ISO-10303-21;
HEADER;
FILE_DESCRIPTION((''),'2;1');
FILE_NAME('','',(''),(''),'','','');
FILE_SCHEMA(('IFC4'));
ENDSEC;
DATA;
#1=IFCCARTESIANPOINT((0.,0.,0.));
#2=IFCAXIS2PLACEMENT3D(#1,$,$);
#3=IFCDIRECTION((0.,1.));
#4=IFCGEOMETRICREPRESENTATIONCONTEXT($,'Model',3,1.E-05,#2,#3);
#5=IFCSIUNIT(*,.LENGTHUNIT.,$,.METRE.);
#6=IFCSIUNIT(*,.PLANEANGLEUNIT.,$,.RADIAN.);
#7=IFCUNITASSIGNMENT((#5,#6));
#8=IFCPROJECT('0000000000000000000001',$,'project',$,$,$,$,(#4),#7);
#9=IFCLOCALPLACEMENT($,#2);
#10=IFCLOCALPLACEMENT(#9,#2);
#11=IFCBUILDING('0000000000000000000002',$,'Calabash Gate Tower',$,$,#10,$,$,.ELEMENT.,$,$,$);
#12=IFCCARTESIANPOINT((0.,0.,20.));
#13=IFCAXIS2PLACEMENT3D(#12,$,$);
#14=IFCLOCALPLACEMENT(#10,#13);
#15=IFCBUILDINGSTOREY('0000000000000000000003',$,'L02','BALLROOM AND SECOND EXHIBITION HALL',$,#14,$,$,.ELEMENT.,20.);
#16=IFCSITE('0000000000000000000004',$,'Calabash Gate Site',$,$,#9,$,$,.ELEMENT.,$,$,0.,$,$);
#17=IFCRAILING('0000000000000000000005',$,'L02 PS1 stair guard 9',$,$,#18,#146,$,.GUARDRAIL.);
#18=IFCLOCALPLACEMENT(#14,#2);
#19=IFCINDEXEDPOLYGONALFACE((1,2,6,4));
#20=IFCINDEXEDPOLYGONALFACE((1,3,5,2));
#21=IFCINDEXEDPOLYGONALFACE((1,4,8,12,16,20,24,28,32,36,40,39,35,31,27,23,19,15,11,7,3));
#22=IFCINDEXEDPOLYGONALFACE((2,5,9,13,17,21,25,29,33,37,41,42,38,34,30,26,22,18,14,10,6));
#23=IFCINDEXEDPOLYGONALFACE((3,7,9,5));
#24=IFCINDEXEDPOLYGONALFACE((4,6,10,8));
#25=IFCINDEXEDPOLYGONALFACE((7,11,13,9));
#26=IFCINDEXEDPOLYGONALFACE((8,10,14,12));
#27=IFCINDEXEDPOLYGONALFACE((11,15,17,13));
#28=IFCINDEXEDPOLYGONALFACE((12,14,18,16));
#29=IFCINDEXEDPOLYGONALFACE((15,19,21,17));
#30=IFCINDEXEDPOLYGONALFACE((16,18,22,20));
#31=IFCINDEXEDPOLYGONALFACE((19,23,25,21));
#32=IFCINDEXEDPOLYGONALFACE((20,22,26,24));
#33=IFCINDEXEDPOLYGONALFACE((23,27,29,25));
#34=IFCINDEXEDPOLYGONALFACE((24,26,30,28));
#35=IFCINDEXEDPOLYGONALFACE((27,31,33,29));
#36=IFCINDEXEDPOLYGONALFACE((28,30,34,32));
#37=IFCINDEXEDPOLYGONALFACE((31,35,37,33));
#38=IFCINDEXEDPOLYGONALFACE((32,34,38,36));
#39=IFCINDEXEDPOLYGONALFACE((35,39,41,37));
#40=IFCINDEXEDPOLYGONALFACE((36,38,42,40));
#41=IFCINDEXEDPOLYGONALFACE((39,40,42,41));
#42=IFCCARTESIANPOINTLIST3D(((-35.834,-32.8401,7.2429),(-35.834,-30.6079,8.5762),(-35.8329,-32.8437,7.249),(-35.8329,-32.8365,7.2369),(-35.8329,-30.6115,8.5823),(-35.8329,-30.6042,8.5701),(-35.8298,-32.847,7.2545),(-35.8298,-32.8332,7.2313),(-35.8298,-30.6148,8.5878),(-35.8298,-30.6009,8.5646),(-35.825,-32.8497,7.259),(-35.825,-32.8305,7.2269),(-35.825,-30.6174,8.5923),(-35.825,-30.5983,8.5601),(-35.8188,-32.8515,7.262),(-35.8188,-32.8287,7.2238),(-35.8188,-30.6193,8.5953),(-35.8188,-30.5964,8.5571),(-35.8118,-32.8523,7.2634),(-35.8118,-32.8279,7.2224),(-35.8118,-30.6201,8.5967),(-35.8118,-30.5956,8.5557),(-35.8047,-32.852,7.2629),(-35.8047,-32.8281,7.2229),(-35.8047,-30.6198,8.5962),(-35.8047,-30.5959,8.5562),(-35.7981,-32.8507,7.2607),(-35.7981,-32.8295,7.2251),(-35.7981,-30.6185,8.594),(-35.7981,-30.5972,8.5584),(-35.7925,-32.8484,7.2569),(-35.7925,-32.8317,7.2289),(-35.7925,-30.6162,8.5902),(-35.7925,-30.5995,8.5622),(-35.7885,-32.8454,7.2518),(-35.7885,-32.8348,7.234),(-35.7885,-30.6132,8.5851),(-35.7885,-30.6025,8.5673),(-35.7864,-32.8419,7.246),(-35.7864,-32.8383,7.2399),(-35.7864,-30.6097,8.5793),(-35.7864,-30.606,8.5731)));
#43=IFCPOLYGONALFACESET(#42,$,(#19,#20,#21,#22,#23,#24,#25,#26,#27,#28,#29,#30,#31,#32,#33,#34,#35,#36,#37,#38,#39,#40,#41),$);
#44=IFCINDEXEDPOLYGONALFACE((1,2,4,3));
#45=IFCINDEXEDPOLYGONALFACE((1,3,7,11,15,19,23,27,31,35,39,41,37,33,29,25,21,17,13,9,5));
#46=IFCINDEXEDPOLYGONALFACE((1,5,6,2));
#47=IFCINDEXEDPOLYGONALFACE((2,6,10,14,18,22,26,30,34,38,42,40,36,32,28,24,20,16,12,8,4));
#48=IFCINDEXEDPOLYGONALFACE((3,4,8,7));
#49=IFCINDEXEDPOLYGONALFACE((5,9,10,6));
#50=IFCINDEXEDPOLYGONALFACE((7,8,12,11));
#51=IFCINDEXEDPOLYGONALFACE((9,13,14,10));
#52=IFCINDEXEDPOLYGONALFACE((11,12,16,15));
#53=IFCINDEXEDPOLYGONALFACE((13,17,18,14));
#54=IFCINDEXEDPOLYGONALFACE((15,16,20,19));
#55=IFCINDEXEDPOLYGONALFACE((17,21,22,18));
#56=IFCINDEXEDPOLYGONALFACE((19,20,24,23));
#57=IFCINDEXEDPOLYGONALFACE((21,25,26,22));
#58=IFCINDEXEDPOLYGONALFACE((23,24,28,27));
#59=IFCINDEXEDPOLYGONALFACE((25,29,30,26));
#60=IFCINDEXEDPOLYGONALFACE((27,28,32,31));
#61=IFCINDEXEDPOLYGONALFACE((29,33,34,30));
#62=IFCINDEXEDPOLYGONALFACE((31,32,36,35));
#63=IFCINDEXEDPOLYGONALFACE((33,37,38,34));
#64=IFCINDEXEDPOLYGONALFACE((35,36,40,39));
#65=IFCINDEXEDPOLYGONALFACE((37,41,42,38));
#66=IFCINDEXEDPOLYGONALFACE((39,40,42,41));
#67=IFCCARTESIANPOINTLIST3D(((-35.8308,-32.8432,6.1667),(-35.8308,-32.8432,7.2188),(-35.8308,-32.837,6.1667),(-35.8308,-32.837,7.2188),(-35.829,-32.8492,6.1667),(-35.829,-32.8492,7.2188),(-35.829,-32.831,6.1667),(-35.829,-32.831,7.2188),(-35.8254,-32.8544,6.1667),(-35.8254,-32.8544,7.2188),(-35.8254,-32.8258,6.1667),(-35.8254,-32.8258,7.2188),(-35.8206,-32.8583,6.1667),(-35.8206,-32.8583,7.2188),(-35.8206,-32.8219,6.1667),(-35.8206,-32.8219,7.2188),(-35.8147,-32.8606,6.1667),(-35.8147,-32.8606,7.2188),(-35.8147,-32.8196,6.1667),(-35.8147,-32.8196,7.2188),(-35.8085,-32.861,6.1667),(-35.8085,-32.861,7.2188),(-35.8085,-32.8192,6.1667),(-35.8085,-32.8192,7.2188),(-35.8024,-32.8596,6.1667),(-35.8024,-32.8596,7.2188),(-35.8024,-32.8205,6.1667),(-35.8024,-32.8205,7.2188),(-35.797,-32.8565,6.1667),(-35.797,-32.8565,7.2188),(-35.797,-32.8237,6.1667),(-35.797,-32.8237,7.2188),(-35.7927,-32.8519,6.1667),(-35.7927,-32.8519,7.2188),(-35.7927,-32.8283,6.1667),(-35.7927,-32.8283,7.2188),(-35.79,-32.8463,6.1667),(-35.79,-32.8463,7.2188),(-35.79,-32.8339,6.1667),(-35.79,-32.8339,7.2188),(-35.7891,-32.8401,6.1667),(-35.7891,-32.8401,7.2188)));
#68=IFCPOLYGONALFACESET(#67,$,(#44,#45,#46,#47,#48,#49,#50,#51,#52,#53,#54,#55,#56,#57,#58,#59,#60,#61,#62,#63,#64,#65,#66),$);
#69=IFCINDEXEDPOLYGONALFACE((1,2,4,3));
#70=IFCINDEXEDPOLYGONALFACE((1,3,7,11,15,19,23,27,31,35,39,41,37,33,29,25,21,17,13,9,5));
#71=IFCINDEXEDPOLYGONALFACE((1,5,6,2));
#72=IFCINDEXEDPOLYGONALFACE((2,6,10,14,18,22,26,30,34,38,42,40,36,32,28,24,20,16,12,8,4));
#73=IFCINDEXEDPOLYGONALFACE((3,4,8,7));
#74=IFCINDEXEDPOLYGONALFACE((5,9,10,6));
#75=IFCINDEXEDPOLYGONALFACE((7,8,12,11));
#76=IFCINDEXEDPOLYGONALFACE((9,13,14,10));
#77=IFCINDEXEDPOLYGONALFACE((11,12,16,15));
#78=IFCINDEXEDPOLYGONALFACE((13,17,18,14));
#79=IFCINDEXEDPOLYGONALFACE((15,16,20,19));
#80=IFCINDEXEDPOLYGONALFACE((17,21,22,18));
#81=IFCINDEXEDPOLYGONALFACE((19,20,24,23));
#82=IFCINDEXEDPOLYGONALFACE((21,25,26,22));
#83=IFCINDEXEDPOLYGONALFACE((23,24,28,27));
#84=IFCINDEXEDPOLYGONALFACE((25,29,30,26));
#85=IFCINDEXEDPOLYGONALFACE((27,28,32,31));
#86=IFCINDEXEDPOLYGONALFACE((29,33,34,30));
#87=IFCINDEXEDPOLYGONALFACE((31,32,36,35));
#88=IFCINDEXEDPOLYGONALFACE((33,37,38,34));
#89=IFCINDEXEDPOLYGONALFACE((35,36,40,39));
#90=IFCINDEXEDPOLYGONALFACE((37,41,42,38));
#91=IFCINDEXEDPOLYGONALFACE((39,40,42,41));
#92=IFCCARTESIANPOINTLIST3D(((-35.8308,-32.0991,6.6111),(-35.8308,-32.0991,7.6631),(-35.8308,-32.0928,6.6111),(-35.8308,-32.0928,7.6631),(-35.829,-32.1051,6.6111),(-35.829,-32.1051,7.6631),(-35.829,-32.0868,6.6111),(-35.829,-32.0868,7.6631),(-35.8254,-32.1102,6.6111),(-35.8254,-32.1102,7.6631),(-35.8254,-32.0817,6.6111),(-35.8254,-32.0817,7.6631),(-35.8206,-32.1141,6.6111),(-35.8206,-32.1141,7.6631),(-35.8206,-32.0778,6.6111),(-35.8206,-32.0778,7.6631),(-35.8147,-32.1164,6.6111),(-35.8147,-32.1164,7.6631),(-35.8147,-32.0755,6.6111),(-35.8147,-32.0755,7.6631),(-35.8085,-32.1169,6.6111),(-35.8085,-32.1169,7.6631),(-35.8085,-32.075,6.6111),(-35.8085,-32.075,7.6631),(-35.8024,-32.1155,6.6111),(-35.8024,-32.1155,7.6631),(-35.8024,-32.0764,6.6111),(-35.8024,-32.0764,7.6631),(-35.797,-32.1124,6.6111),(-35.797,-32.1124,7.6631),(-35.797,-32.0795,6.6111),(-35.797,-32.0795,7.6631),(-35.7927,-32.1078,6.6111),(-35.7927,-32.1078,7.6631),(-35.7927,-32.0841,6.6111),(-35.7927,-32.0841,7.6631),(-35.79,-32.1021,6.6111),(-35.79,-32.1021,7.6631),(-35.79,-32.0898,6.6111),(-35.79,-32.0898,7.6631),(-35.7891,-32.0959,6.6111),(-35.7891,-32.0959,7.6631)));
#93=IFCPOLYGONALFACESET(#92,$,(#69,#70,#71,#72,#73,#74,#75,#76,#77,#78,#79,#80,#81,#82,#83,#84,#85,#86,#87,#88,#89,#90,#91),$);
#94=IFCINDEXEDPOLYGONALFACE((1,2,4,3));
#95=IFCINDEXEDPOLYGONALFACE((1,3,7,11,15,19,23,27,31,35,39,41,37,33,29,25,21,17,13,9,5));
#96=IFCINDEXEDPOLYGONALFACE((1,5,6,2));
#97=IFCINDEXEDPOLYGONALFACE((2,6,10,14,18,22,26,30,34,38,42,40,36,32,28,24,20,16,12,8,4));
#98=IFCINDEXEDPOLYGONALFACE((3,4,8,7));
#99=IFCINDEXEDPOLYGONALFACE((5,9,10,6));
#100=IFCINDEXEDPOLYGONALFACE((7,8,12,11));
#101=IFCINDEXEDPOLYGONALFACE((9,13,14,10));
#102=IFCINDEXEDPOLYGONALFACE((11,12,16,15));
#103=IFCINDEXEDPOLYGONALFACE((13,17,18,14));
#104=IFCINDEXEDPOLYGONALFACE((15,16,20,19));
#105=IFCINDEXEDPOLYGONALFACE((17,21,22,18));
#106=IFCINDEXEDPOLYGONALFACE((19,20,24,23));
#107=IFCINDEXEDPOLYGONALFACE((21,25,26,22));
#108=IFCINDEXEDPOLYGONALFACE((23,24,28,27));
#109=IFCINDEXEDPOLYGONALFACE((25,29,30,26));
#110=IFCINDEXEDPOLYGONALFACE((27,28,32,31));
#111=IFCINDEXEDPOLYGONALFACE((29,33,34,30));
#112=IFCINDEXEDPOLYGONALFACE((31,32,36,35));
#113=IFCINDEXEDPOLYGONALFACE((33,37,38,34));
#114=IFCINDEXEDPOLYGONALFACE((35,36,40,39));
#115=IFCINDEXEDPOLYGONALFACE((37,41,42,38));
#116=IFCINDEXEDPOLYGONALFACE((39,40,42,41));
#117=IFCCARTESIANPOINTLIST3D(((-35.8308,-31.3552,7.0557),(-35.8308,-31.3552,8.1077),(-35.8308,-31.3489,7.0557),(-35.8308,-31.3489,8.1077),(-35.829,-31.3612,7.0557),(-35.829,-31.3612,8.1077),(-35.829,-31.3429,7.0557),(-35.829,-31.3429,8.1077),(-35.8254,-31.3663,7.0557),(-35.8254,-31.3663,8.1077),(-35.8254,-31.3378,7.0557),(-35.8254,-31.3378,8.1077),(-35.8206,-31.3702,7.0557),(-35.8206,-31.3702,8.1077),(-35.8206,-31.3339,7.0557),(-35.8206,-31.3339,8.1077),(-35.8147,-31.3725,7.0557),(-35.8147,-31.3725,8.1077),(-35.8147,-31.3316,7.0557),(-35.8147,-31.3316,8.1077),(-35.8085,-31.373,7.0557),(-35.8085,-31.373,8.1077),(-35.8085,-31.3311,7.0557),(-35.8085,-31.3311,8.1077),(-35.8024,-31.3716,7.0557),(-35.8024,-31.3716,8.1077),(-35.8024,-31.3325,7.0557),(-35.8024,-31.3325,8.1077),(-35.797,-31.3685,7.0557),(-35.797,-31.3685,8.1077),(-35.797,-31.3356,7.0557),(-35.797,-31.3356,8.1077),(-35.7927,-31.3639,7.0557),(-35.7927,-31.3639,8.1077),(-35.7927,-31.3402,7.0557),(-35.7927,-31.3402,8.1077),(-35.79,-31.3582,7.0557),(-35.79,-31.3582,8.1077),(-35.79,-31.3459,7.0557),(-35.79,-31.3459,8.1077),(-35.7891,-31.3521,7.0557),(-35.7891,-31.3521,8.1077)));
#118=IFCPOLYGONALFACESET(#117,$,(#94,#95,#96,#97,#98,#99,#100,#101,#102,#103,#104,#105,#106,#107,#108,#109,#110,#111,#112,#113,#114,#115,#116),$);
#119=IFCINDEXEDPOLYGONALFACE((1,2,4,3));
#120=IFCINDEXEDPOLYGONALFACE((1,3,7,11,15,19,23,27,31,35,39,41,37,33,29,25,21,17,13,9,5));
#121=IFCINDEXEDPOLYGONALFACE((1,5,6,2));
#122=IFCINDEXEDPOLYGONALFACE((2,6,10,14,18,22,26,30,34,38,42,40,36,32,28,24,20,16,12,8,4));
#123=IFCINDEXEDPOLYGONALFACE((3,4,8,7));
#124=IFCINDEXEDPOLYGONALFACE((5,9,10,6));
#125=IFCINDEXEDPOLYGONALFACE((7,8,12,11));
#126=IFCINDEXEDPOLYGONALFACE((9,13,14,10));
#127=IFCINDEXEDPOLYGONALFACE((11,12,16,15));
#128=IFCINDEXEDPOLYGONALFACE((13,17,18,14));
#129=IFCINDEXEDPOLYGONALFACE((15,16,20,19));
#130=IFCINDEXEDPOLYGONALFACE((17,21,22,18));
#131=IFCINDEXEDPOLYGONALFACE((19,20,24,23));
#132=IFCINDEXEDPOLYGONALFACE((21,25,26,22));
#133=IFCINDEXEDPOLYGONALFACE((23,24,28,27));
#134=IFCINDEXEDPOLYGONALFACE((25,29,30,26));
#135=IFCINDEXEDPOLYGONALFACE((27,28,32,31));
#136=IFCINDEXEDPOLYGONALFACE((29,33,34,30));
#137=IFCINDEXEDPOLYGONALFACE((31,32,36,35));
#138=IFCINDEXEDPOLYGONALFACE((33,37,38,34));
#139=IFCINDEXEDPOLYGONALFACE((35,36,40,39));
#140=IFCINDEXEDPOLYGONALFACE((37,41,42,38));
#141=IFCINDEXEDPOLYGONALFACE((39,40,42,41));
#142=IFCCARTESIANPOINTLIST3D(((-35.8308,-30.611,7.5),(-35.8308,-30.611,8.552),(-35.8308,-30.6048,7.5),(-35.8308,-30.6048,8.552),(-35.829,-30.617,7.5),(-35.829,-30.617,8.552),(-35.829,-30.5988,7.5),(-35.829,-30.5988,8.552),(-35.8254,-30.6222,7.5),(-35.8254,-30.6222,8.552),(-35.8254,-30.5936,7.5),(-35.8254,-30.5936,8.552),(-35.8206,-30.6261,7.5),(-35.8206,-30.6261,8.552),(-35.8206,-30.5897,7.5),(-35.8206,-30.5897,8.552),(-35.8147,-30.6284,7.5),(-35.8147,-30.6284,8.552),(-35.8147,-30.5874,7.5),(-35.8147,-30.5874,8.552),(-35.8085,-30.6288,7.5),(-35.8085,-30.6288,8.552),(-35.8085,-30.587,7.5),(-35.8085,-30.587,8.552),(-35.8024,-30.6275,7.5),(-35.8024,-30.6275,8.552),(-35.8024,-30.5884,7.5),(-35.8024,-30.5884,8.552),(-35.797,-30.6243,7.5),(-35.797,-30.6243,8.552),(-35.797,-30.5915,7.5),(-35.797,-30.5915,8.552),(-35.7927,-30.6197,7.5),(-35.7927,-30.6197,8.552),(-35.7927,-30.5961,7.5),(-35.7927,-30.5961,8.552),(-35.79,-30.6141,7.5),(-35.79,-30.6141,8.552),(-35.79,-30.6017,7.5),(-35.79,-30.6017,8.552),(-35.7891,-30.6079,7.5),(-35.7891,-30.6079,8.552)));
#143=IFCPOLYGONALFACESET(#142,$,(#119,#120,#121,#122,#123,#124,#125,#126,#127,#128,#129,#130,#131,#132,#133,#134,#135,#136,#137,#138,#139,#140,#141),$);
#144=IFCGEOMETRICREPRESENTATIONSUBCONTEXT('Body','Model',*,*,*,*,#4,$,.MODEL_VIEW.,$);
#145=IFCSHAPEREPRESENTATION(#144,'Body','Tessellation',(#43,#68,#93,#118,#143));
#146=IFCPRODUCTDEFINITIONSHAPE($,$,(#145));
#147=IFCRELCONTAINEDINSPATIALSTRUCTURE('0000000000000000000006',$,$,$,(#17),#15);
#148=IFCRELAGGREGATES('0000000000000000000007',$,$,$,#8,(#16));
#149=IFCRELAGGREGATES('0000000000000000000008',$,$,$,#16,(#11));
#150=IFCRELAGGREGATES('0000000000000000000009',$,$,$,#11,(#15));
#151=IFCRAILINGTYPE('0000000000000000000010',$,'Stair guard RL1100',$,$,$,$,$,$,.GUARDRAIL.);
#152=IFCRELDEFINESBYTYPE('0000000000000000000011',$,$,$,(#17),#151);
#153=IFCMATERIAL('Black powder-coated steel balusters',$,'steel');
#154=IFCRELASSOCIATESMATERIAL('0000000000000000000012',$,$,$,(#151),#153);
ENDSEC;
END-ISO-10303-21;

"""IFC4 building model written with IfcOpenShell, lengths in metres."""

from ifc_helpers import new_model, si_unit, direction, frame, origin, origin_2d, place, context, subcontext, project, spatial, circle, extrude, material, type_object, element, save


model = new_model("IFC4")

# Units and contexts
model_context = context("Model", 3, precision=1e-05, world=origin(), true_north=direction((0.0, 1.0)))
body_context = subcontext(model_context, "Body", "Model", "MODEL_VIEW")
ifc_project = project(units=[si_unit("LENGTHUNIT", "METRE"), si_unit("PLANEANGLEUNIT", "RADIAN")], contexts=[model_context])

# Site, building, storey
site_placement = place(None, origin())
site = spatial("IfcSite", under=ifc_project, at=site_placement, Name="Calabash Gate Site", CompositionType="ELEMENT", RefElevation=0.0)
building_placement = place(site_placement, origin())
building = spatial("IfcBuilding", under=site, at=building_placement, Name="Calabash Gate Tower", CompositionType="ELEMENT")
storey_placement = place(building_placement, frame((0.0, 0.0, 20.0)))
storey = spatial("IfcBuildingStorey", under=building, at=storey_placement, Name="L02", Description="BALLROOM AND SECOND EXHIBITION HALL", CompositionType="ELEMENT", Elevation=20.0)

# Railing
ifc_material_1 = material(Name="Black powder-coated steel balusters", Category="steel")
railing_type_1 = type_object("IfcRailingType", Name="Stair guard RL1100", PredefinedType="GUARDRAIL", material=ifc_material_1)
railing_placement = place(storey_placement, frame((-35.8101, -32.8401, 6.1667)))
element("IfcRailing", 1, at=railing_placement, inside=storey, type_object=railing_type_1, Name="L02 PS1 stair guard 9", PredefinedType="GUARDRAIL", context=body_context, shape_type="SweptSolid", body=[
    extrude(circle(Radius=0.0239, at=origin_2d()), frame((0.0, 0.0, 1.0762), z_axis=(0.0, 0.858519, 0.512782), x_axis=(-1.0, 0.0, 0.0)), (0.0, 0.0, 1.0), 2.6001),
    extrude(circle(Radius=0.021, at=origin_2d()), origin(), (0.0, 0.0, 1.0), 1.052),
    extrude(circle(Radius=0.021, at=origin_2d()), frame((0.0, 0.7441, 0.4443)), (0.0, 0.0, 1.0), 1.052),
    extrude(circle(Radius=0.021, at=origin_2d()), frame((0.0, 1.488, 0.8889)), (0.0, 0.0, 1.0), 1.052),
    extrude(circle(Radius=0.021, at=origin_2d()), frame((0.0, 2.2322, 1.3333)), (0.0, 0.0, 1.0), 1.052),
])

save(model, "model.ifc")
